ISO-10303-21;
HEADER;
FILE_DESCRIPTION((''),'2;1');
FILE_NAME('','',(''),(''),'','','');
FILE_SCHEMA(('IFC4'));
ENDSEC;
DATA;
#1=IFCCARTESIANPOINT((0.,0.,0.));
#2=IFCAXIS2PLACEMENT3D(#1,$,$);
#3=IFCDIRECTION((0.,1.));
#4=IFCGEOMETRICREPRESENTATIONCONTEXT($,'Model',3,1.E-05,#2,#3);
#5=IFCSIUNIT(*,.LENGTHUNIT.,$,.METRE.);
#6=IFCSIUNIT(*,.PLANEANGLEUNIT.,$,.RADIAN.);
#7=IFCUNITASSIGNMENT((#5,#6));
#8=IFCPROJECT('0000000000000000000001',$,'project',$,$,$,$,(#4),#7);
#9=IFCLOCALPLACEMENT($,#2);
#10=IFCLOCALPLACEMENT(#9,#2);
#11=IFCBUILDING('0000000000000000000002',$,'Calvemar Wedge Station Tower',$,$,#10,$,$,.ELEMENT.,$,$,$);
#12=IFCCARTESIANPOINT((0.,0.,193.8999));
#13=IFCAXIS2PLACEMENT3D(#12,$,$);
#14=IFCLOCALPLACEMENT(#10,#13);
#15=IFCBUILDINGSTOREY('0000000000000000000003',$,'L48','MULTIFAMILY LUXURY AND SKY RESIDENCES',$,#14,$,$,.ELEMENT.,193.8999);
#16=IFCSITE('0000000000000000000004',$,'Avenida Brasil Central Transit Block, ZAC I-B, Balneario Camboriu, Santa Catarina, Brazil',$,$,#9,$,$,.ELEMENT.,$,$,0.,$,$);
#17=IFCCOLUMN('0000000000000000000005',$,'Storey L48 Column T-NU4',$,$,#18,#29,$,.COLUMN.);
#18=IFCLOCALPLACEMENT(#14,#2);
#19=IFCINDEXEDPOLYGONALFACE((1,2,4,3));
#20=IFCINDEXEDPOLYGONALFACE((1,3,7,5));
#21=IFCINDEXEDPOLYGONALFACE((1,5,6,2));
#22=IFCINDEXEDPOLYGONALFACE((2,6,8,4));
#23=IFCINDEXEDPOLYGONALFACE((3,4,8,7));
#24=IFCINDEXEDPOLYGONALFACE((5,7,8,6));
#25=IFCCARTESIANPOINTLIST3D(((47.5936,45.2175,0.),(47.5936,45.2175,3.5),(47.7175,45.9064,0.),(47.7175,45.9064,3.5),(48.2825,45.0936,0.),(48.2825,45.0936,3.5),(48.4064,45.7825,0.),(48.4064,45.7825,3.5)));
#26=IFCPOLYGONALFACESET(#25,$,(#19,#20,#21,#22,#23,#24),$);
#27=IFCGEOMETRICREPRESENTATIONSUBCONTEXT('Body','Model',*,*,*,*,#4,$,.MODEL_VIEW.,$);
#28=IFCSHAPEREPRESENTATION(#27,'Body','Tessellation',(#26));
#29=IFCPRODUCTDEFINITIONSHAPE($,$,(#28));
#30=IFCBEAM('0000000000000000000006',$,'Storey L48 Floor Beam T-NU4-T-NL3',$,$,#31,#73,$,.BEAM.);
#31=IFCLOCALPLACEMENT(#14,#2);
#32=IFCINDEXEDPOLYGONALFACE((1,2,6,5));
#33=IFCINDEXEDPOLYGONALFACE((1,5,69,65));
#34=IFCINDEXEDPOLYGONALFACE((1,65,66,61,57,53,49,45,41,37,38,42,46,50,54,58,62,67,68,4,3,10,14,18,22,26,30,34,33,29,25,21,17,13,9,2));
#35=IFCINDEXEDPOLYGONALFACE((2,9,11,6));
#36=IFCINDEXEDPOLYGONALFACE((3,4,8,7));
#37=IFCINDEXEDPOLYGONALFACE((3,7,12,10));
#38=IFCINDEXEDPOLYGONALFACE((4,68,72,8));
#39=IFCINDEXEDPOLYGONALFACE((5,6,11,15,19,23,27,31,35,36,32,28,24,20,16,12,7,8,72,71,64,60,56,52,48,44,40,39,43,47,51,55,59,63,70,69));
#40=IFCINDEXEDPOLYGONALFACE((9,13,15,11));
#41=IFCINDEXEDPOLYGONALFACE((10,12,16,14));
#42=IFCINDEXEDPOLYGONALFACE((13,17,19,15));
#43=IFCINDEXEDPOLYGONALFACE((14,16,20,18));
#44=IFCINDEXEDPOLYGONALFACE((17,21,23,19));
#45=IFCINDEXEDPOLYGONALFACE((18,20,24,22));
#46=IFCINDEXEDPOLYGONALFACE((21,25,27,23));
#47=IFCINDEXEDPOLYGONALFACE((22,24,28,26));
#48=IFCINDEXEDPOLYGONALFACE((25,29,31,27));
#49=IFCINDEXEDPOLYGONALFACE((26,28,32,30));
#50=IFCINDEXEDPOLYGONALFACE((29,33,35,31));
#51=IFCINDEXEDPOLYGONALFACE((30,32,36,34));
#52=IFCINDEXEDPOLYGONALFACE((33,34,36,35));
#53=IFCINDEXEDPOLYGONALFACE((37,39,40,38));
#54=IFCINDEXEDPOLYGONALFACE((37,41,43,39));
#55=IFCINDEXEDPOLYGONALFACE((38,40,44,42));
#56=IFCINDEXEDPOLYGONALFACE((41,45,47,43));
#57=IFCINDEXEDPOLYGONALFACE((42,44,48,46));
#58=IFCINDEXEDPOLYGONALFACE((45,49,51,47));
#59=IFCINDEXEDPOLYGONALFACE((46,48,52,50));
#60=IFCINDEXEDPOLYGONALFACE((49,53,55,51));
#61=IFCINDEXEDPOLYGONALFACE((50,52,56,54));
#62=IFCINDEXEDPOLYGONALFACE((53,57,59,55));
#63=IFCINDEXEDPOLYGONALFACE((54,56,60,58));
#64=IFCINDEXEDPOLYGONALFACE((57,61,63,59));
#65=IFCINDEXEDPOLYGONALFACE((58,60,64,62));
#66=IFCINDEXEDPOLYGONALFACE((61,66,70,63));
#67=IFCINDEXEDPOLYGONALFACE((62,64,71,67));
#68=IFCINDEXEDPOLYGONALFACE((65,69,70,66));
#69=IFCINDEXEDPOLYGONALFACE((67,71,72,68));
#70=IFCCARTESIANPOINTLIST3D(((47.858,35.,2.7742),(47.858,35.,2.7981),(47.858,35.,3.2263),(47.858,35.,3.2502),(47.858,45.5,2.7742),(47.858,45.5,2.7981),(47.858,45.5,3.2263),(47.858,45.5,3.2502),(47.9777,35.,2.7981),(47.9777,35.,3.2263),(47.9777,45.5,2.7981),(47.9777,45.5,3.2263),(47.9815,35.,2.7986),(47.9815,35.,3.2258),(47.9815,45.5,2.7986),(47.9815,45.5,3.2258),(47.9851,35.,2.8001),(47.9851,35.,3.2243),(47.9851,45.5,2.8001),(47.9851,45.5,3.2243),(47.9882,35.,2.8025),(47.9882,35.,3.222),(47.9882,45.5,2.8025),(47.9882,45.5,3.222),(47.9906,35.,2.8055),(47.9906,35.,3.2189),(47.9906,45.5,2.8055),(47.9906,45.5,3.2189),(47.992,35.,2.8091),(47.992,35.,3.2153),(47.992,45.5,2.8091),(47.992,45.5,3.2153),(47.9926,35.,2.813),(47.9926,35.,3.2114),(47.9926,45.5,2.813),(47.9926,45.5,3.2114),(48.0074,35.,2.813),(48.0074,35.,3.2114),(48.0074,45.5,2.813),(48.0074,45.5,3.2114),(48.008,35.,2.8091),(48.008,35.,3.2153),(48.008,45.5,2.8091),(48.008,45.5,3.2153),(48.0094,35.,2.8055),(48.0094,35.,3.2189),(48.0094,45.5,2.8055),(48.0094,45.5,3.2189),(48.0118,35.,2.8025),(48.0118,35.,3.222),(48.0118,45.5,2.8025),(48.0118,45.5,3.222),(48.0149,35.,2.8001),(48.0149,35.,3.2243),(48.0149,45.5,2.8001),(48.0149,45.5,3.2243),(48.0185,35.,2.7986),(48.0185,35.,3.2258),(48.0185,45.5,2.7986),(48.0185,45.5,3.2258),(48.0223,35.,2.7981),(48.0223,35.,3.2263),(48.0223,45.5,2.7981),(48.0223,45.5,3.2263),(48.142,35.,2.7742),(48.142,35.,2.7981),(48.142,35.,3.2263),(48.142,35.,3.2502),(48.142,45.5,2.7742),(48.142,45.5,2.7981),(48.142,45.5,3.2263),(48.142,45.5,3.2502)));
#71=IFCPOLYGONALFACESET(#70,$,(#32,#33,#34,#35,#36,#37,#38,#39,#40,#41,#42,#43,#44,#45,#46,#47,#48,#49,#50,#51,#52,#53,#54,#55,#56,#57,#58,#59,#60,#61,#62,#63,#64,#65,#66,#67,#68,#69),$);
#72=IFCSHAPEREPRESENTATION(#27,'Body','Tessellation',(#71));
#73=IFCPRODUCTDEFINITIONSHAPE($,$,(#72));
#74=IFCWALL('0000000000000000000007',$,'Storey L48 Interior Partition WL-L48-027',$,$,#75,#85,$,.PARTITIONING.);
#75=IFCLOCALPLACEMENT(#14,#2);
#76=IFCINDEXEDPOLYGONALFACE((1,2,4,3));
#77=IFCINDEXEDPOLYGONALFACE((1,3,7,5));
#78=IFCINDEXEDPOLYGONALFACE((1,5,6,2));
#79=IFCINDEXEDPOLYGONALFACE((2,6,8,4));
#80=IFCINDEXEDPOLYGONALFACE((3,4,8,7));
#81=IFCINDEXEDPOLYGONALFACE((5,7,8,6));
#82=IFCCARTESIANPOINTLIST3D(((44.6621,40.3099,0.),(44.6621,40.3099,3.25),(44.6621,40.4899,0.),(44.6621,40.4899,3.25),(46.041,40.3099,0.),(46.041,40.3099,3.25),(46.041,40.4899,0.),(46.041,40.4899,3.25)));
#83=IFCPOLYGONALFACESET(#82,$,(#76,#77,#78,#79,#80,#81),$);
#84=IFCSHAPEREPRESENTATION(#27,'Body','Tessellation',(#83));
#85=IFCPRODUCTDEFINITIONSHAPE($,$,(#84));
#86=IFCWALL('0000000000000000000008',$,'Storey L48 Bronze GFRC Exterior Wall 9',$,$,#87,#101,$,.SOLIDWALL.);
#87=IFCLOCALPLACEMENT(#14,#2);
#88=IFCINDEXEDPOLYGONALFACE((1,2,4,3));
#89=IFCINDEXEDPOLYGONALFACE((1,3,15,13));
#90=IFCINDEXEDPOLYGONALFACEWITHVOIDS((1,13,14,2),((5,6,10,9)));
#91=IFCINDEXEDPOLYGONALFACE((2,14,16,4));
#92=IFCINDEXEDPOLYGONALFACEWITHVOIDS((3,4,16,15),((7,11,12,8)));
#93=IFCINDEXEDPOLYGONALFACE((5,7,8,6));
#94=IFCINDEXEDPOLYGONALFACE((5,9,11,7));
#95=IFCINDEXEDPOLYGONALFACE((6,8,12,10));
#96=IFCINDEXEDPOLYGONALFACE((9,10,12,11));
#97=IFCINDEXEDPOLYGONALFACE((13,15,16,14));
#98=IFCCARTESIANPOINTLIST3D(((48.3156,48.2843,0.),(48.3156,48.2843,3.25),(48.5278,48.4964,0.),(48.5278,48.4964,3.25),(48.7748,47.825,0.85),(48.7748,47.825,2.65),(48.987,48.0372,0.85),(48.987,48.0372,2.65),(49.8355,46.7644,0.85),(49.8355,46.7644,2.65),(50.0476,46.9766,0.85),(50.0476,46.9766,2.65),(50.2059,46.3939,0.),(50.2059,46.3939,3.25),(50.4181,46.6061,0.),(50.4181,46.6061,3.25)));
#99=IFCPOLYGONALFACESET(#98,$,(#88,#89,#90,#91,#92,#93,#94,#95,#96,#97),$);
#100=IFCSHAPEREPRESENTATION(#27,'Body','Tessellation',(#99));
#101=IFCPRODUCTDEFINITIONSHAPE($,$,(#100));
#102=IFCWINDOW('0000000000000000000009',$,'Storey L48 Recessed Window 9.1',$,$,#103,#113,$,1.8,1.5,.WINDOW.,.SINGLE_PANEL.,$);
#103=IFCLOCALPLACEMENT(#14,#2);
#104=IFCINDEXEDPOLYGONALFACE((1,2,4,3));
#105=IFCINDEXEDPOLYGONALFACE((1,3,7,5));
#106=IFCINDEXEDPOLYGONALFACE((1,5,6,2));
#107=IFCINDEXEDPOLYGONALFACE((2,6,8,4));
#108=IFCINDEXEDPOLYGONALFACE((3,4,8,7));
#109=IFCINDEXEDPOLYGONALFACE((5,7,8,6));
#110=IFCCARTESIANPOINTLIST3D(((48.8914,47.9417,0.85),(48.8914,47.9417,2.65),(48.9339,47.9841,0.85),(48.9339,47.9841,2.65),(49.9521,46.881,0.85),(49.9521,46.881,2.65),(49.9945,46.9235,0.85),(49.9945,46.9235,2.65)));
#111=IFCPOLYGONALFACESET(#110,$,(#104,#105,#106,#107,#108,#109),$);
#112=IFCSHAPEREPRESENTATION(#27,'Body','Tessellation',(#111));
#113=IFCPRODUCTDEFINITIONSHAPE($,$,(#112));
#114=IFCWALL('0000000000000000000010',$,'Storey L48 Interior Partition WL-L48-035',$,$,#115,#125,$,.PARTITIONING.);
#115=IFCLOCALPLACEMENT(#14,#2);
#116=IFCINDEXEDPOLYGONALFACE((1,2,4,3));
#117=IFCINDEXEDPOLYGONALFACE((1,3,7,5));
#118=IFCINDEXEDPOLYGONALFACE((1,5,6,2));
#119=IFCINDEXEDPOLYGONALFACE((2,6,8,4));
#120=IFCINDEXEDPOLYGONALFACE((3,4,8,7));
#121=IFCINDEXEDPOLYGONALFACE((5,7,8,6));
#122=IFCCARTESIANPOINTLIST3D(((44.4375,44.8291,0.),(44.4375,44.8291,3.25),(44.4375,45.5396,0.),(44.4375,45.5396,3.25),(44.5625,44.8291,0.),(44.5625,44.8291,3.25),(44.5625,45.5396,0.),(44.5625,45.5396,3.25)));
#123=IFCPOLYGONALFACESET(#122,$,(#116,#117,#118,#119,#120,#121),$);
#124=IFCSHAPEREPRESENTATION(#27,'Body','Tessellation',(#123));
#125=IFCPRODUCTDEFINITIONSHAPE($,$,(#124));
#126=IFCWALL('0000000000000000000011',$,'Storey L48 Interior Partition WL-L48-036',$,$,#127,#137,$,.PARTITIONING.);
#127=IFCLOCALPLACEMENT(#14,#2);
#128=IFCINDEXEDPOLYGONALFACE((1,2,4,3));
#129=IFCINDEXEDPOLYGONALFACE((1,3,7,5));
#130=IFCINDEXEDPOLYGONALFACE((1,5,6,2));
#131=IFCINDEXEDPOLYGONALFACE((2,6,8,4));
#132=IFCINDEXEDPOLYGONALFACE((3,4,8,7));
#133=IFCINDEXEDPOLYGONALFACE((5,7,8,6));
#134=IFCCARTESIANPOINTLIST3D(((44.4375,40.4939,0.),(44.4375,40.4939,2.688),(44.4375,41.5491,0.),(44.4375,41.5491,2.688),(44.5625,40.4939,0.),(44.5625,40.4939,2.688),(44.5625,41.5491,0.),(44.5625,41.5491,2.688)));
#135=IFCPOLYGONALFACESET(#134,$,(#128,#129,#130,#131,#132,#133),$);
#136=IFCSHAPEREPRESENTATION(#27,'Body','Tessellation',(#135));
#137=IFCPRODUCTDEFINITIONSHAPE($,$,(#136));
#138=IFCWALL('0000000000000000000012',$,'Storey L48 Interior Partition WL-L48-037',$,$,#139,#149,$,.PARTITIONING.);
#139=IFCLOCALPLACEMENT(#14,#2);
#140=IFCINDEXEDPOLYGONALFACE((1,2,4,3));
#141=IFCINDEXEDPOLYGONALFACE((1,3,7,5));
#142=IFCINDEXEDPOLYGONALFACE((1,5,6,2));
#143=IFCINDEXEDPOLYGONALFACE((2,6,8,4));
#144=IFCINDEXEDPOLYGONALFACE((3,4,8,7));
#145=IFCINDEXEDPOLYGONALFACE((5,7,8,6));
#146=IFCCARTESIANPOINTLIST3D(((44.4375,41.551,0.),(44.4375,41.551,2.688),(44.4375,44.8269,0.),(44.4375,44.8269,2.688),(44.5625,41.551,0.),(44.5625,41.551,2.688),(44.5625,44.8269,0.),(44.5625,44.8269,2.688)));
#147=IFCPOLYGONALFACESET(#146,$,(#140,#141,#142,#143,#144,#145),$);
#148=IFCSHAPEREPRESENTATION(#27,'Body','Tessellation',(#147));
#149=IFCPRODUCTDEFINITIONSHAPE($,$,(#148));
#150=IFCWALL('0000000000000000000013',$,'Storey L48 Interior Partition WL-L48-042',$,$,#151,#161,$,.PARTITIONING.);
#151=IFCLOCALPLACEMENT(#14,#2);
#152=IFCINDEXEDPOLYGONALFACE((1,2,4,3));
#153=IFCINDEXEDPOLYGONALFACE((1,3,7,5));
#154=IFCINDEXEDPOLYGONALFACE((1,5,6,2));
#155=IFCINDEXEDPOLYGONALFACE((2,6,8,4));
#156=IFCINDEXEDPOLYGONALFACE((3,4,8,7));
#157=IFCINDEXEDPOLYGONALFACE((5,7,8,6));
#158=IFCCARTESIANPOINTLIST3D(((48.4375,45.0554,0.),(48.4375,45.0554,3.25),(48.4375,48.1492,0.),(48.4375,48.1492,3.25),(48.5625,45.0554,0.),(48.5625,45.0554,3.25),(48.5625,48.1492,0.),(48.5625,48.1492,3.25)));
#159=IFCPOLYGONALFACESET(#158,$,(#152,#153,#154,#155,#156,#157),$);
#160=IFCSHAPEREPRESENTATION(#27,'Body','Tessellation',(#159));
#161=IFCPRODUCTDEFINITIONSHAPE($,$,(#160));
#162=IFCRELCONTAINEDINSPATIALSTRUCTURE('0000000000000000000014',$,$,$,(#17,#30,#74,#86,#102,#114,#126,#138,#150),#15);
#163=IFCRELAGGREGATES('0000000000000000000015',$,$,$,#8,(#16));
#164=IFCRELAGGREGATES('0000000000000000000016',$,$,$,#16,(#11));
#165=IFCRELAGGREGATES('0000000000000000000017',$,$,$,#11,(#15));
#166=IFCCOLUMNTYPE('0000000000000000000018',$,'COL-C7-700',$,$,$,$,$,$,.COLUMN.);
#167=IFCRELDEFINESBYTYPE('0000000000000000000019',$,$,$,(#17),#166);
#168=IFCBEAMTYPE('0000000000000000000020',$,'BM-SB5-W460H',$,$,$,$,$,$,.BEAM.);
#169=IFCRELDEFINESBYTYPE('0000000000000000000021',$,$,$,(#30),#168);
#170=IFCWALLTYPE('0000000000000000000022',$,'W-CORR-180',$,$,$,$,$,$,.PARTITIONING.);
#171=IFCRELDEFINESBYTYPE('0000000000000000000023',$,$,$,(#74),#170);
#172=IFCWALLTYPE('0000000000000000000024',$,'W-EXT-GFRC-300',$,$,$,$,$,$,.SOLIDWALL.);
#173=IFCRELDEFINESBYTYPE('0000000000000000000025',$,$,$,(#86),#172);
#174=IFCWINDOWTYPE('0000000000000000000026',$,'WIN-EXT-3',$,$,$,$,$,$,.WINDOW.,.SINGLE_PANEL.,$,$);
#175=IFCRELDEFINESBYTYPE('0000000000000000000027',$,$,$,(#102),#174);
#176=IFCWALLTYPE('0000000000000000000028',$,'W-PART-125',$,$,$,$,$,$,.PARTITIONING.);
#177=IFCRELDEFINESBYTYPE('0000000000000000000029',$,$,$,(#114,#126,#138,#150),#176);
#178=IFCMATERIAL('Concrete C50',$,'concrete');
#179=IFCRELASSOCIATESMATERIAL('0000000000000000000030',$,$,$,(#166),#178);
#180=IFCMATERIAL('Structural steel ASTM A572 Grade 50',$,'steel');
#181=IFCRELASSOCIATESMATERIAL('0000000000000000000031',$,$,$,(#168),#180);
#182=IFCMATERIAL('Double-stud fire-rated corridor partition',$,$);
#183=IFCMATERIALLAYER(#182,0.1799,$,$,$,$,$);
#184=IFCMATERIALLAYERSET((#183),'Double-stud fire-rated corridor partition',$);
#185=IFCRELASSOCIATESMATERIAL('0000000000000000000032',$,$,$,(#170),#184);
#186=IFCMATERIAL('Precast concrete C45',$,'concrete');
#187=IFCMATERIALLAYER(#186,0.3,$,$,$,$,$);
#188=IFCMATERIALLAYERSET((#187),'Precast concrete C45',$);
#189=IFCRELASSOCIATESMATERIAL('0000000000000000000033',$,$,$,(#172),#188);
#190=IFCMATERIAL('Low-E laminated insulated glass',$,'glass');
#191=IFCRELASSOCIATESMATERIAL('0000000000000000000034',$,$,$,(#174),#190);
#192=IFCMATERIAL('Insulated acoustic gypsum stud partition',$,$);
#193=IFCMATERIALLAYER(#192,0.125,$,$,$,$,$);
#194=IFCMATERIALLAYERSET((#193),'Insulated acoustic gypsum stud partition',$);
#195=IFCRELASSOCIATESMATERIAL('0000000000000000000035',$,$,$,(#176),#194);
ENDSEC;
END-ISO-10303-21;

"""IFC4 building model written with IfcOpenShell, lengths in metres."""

from ifc_helpers import new_model, si_unit, direction, frame, frame_2d, origin, origin_2d, place, context, subcontext, project, spatial, rectangle, i_section, extrude, source, transform, mapped, material, layer, layer_set, material_profile, profile_set, type_object, element, fill, save


model = new_model("IFC4")

# Units and contexts
model_context = context("Model", 3, precision=1e-05, world=origin(), true_north=direction((0.0, 1.0)))
body_context = subcontext(model_context, "Body", "Model", "MODEL_VIEW")
ifc_project = project(units=[si_unit("LENGTHUNIT", "METRE"), si_unit("PLANEANGLEUNIT", "RADIAN")], contexts=[model_context])

# Site, building, storey
site_placement = place(None, origin())
site = spatial("IfcSite", under=ifc_project, at=site_placement, Name="Avenida Brasil Central Transit Block, ZAC I-B, Balneario Camboriu, Santa Catarina, Brazil", CompositionType="ELEMENT", RefElevation=0.0)
building_placement = place(site_placement, origin())
building = spatial("IfcBuilding", under=site, at=building_placement, Name="Calvemar Wedge Station Tower", CompositionType="ELEMENT")
storey_placement = place(building_placement, frame((0.0, 0.0, 193.8999)))
storey = spatial("IfcBuildingStorey", under=building, at=storey_placement, Name="L48", Description="MULTIFAMILY LUXURY AND SKY RESIDENCES", CompositionType="ELEMENT", Elevation=193.8999)

# Column
ifc_material_1 = material(Name="Concrete C50", Category="concrete")
ifc_material_profile_1 = material_profile(ifc_material_1, rectangle(XDim=0.7, YDim=0.7, at=origin_2d()), Name="RC700x700")
ifc_profile_set_1 = profile_set([ifc_material_profile_1], Name="Concrete C50")
column_type = type_object("IfcColumnType", Name="COL-C7-700", PredefinedType="COLUMN", material=ifc_profile_set_1)
shared_shape_1 = source(origin(), body_context, "Body", "SweptSolid", [
    extrude(rectangle(XDim=0.7, YDim=0.7, at=origin_2d()), origin(), (0.0, 0.0, 1.0), 3.5),
])
column_placement = place(storey_placement, frame((48.0, 45.5, 0.0), z_axis=(0.0, 0.0, 1.0), x_axis=(0.984196, -0.177085, 0.0)))
element("IfcColumn", 1, at=column_placement, inside=storey, type_object=column_type, Name="Storey L48 Column T-NU4", PredefinedType="COLUMN", context=body_context, shape_type="MappedRepresentation", body=[
    mapped(shared_shape_1, transform((0.0, 0.0, 0.0), scale=1.0)),
])

# Beam
ifc_material_2 = material(Name="Structural steel ASTM A572 Grade 50", Category="steel")
ifc_material_profile_2 = material_profile(ifc_material_2, i_section(OverallWidth=0.2839, OverallDepth=0.4761, WebThickness=0.0149, FlangeThickness=0.0239, FilletRadius=0.0149, at=origin_2d()), Name="W460x158")
ifc_profile_set_2 = profile_set([ifc_material_profile_2], Name="Structural steel ASTM A572 Grade 50")
beam_type = type_object("IfcBeamType", Name="BM-SB5-W460H", PredefinedType="BEAM", material=ifc_profile_set_2)
shared_shape_2 = source(origin(), body_context, "Body", "SweptSolid", [
    extrude(i_section(OverallWidth=0.2839, OverallDepth=0.4761, WebThickness=0.0149, FlangeThickness=0.0239, FilletRadius=0.0149, at=origin_2d()), origin(), (0.0, 0.0, 1.0), 10.5),
])
beam_placement = place(storey_placement, frame((48.0, 45.5, 3.0122), z_axis=(0.0, -1.0, 0.0), x_axis=(1.0, 0.0, 0.0)))
element("IfcBeam", 2, at=beam_placement, inside=storey, type_object=beam_type, Name="Storey L48 Floor Beam T-NU4-T-NL3", PredefinedType="BEAM", context=body_context, shape_type="MappedRepresentation", body=[
    mapped(shared_shape_2, transform((0.0, 0.0, 0.0), scale=1.0)),
])

# Shared definitions
ifc_material_3 = material(Name="Double-stud fire-rated corridor partition")
ifc_layer_1 = layer(ifc_material_3, 0.1799)
ifc_layer_set_1 = layer_set([ifc_layer_1], Name="Double-stud fire-rated corridor partition")
wall_type_1 = type_object("IfcWallType", Name="W-CORR-180", PredefinedType="PARTITIONING", material=ifc_layer_set_1)

# Wall
wall_1_placement = place(storey_placement, frame((44.6621, 40.3999, 0.0), z_axis=(0.0, 0.0, 1.0), x_axis=(1.0, 0.0, 0.0)))
element("IfcWall", 3, at=wall_1_placement, inside=storey, type_object=wall_type_1, Name="Storey L48 Interior Partition WL-L48-027", PredefinedType="PARTITIONING", context=body_context, shape_type="SweptSolid", body=[
    extrude(rectangle(XDim=1.3789, YDim=0.1799, at=frame_2d((0.6895, 0.0))), origin(), (0.0, 0.0, 1.0), 3.25),
])

# Wall, opening, window
ifc_material_4 = material(Name="Precast concrete C45", Category="concrete")
ifc_layer_2 = layer(ifc_material_4, 0.3)
ifc_layer_set_2 = layer_set([ifc_layer_2], Name="Precast concrete C45")
wall_type_2 = type_object("IfcWallType", Name="W-EXT-GFRC-300", PredefinedType="SOLIDWALL", material=ifc_layer_set_2)
wall_2_placement = place(storey_placement, frame((50.312, 46.5, 0.0), z_axis=(0.0, 0.0, 1.0), x_axis=(-0.707107, 0.707107, 0.0)))
wall_2 = element("IfcWall", 4, at=wall_2_placement, inside=storey, type_object=wall_type_2, Name="Storey L48 Bronze GFRC Exterior Wall 9", PredefinedType="SOLIDWALL", context=body_context, shape_type="SweptSolid", body=[
    extrude(rectangle(XDim=2.6733, YDim=0.3, at=frame_2d((1.3367, 0.0))), origin(), (0.0, 0.0, 1.0), 3.25),
])
shared_shape_3 = source(origin(), body_context, "Body", "SweptSolid", [
    extrude(rectangle(XDim=1.5, YDim=1.8, at=frame_2d((0.75, 0.8999))), frame((0.0, 0.1602, 0.0), z_axis=(0.0, -1.0, 0.0), x_axis=(1.0, 0.0, 0.0)), (0.0, 0.0, 1.0), 0.3201),
])
opening_1_placement = place(wall_2_placement, frame((0.5239, 0.0, 0.8501)))
opening_1 = element("IfcOpeningElement", 5, at=opening_1_placement, cuts=wall_2, PredefinedType="OPENING", context=body_context, shape_type="MappedRepresentation", body=[
    mapped(shared_shape_3, transform((0.0, 0.0, 0.0), scale=1.0)),
])
ifc_material_5 = material(Name="Low-E laminated insulated glass", Category="glass")
window_type = type_object("IfcWindowType", Name="WIN-EXT-3", PartitioningType="SINGLE_PANEL", PredefinedType="WINDOW", material=ifc_material_5)
shared_shape_4 = source(origin(), body_context, "Body", "SweptSolid", [
    extrude(rectangle(XDim=1.5, YDim=1.8, at=frame_2d((0.75, 0.8999))), frame((0.0, -0.0149, 0.0), z_axis=(0.0, -1.0, 0.0), x_axis=(1.0, 0.0, 0.0)), (0.0, 0.0, 1.0), 0.0601),
])
window_placement = place(opening_1_placement, origin())
window = element("IfcWindow", 6, at=window_placement, inside=storey, type_object=window_type, Name="Storey L48 Recessed Window 9.1", OverallHeight=1.8, OverallWidth=1.5, PartitioningType="SINGLE_PANEL", PredefinedType="WINDOW", context=body_context, shape_type="MappedRepresentation", body=[
    mapped(shared_shape_4, transform((0.0, 0.0, 0.0), scale=1.0)),
])
fill(opening_1, window)

# Walls
ifc_material_6 = material(Name="Insulated acoustic gypsum stud partition")
ifc_layer_3 = layer(ifc_material_6, 0.125)
ifc_layer_set_3 = layer_set([ifc_layer_3], Name="Insulated acoustic gypsum stud partition")
wall_type_3 = type_object("IfcWallType", Name="W-PART-125", PredefinedType="PARTITIONING", material=ifc_layer_set_3)
wall_3_placement = place(storey_placement, frame((44.5, 45.5396, 0.0), z_axis=(0.0, 0.0, 1.0), x_axis=(0.0, -1.0, 0.0)))
element("IfcWall", 7, at=wall_3_placement, inside=storey, type_object=wall_type_3, Name="Storey L48 Interior Partition WL-L48-035", PredefinedType="PARTITIONING", context=body_context, shape_type="SweptSolid", body=[
    extrude(rectangle(XDim=0.7104, YDim=0.125, at=frame_2d((0.3552, 0.0))), origin(), (0.0, 0.0, 1.0), 3.25),
])
wall_4_placement = place(storey_placement, frame((44.5, 41.5491, 0.0), z_axis=(0.0, 0.0, 1.0), x_axis=(0.0, -1.0, 0.0)))
element("IfcWall", 8, at=wall_4_placement, inside=storey, type_object=wall_type_3, Name="Storey L48 Interior Partition WL-L48-036", PredefinedType="PARTITIONING", context=body_context, shape_type="SweptSolid", body=[
    extrude(rectangle(XDim=1.0552, YDim=0.125, at=frame_2d((0.5276, 0.0))), origin(), (0.0, 0.0, 1.0), 2.688),
])
wall_5_placement = place(storey_placement, frame((44.5, 44.8269, 0.0), z_axis=(0.0, 0.0, 1.0), x_axis=(0.0, -1.0, 0.0)))
element("IfcWall", 9, at=wall_5_placement, inside=storey, type_object=wall_type_3, Name="Storey L48 Interior Partition WL-L48-037", PredefinedType="PARTITIONING", context=body_context, shape_type="SweptSolid", body=[
    extrude(rectangle(XDim=3.2759, YDim=0.125, at=frame_2d((1.6379, 0.0))), origin(), (0.0, 0.0, 1.0), 2.688),
])

# Wall
wall_6_placement = place(storey_placement, frame((48.5, 48.1492, 0.0), z_axis=(0.0, 0.0, 1.0), x_axis=(0.0, -1.0, 0.0)))
element("IfcWall", 10, at=wall_6_placement, inside=storey, type_object=wall_type_3, Name="Storey L48 Interior Partition WL-L48-042", PredefinedType="PARTITIONING", context=body_context, shape_type="SweptSolid", body=[
    extrude(rectangle(XDim=3.0938, YDim=0.125, at=frame_2d((1.5469, 0.0))), origin(), (0.0, 0.0, 1.0), 3.25),
])

save(model, "model.ifc")
